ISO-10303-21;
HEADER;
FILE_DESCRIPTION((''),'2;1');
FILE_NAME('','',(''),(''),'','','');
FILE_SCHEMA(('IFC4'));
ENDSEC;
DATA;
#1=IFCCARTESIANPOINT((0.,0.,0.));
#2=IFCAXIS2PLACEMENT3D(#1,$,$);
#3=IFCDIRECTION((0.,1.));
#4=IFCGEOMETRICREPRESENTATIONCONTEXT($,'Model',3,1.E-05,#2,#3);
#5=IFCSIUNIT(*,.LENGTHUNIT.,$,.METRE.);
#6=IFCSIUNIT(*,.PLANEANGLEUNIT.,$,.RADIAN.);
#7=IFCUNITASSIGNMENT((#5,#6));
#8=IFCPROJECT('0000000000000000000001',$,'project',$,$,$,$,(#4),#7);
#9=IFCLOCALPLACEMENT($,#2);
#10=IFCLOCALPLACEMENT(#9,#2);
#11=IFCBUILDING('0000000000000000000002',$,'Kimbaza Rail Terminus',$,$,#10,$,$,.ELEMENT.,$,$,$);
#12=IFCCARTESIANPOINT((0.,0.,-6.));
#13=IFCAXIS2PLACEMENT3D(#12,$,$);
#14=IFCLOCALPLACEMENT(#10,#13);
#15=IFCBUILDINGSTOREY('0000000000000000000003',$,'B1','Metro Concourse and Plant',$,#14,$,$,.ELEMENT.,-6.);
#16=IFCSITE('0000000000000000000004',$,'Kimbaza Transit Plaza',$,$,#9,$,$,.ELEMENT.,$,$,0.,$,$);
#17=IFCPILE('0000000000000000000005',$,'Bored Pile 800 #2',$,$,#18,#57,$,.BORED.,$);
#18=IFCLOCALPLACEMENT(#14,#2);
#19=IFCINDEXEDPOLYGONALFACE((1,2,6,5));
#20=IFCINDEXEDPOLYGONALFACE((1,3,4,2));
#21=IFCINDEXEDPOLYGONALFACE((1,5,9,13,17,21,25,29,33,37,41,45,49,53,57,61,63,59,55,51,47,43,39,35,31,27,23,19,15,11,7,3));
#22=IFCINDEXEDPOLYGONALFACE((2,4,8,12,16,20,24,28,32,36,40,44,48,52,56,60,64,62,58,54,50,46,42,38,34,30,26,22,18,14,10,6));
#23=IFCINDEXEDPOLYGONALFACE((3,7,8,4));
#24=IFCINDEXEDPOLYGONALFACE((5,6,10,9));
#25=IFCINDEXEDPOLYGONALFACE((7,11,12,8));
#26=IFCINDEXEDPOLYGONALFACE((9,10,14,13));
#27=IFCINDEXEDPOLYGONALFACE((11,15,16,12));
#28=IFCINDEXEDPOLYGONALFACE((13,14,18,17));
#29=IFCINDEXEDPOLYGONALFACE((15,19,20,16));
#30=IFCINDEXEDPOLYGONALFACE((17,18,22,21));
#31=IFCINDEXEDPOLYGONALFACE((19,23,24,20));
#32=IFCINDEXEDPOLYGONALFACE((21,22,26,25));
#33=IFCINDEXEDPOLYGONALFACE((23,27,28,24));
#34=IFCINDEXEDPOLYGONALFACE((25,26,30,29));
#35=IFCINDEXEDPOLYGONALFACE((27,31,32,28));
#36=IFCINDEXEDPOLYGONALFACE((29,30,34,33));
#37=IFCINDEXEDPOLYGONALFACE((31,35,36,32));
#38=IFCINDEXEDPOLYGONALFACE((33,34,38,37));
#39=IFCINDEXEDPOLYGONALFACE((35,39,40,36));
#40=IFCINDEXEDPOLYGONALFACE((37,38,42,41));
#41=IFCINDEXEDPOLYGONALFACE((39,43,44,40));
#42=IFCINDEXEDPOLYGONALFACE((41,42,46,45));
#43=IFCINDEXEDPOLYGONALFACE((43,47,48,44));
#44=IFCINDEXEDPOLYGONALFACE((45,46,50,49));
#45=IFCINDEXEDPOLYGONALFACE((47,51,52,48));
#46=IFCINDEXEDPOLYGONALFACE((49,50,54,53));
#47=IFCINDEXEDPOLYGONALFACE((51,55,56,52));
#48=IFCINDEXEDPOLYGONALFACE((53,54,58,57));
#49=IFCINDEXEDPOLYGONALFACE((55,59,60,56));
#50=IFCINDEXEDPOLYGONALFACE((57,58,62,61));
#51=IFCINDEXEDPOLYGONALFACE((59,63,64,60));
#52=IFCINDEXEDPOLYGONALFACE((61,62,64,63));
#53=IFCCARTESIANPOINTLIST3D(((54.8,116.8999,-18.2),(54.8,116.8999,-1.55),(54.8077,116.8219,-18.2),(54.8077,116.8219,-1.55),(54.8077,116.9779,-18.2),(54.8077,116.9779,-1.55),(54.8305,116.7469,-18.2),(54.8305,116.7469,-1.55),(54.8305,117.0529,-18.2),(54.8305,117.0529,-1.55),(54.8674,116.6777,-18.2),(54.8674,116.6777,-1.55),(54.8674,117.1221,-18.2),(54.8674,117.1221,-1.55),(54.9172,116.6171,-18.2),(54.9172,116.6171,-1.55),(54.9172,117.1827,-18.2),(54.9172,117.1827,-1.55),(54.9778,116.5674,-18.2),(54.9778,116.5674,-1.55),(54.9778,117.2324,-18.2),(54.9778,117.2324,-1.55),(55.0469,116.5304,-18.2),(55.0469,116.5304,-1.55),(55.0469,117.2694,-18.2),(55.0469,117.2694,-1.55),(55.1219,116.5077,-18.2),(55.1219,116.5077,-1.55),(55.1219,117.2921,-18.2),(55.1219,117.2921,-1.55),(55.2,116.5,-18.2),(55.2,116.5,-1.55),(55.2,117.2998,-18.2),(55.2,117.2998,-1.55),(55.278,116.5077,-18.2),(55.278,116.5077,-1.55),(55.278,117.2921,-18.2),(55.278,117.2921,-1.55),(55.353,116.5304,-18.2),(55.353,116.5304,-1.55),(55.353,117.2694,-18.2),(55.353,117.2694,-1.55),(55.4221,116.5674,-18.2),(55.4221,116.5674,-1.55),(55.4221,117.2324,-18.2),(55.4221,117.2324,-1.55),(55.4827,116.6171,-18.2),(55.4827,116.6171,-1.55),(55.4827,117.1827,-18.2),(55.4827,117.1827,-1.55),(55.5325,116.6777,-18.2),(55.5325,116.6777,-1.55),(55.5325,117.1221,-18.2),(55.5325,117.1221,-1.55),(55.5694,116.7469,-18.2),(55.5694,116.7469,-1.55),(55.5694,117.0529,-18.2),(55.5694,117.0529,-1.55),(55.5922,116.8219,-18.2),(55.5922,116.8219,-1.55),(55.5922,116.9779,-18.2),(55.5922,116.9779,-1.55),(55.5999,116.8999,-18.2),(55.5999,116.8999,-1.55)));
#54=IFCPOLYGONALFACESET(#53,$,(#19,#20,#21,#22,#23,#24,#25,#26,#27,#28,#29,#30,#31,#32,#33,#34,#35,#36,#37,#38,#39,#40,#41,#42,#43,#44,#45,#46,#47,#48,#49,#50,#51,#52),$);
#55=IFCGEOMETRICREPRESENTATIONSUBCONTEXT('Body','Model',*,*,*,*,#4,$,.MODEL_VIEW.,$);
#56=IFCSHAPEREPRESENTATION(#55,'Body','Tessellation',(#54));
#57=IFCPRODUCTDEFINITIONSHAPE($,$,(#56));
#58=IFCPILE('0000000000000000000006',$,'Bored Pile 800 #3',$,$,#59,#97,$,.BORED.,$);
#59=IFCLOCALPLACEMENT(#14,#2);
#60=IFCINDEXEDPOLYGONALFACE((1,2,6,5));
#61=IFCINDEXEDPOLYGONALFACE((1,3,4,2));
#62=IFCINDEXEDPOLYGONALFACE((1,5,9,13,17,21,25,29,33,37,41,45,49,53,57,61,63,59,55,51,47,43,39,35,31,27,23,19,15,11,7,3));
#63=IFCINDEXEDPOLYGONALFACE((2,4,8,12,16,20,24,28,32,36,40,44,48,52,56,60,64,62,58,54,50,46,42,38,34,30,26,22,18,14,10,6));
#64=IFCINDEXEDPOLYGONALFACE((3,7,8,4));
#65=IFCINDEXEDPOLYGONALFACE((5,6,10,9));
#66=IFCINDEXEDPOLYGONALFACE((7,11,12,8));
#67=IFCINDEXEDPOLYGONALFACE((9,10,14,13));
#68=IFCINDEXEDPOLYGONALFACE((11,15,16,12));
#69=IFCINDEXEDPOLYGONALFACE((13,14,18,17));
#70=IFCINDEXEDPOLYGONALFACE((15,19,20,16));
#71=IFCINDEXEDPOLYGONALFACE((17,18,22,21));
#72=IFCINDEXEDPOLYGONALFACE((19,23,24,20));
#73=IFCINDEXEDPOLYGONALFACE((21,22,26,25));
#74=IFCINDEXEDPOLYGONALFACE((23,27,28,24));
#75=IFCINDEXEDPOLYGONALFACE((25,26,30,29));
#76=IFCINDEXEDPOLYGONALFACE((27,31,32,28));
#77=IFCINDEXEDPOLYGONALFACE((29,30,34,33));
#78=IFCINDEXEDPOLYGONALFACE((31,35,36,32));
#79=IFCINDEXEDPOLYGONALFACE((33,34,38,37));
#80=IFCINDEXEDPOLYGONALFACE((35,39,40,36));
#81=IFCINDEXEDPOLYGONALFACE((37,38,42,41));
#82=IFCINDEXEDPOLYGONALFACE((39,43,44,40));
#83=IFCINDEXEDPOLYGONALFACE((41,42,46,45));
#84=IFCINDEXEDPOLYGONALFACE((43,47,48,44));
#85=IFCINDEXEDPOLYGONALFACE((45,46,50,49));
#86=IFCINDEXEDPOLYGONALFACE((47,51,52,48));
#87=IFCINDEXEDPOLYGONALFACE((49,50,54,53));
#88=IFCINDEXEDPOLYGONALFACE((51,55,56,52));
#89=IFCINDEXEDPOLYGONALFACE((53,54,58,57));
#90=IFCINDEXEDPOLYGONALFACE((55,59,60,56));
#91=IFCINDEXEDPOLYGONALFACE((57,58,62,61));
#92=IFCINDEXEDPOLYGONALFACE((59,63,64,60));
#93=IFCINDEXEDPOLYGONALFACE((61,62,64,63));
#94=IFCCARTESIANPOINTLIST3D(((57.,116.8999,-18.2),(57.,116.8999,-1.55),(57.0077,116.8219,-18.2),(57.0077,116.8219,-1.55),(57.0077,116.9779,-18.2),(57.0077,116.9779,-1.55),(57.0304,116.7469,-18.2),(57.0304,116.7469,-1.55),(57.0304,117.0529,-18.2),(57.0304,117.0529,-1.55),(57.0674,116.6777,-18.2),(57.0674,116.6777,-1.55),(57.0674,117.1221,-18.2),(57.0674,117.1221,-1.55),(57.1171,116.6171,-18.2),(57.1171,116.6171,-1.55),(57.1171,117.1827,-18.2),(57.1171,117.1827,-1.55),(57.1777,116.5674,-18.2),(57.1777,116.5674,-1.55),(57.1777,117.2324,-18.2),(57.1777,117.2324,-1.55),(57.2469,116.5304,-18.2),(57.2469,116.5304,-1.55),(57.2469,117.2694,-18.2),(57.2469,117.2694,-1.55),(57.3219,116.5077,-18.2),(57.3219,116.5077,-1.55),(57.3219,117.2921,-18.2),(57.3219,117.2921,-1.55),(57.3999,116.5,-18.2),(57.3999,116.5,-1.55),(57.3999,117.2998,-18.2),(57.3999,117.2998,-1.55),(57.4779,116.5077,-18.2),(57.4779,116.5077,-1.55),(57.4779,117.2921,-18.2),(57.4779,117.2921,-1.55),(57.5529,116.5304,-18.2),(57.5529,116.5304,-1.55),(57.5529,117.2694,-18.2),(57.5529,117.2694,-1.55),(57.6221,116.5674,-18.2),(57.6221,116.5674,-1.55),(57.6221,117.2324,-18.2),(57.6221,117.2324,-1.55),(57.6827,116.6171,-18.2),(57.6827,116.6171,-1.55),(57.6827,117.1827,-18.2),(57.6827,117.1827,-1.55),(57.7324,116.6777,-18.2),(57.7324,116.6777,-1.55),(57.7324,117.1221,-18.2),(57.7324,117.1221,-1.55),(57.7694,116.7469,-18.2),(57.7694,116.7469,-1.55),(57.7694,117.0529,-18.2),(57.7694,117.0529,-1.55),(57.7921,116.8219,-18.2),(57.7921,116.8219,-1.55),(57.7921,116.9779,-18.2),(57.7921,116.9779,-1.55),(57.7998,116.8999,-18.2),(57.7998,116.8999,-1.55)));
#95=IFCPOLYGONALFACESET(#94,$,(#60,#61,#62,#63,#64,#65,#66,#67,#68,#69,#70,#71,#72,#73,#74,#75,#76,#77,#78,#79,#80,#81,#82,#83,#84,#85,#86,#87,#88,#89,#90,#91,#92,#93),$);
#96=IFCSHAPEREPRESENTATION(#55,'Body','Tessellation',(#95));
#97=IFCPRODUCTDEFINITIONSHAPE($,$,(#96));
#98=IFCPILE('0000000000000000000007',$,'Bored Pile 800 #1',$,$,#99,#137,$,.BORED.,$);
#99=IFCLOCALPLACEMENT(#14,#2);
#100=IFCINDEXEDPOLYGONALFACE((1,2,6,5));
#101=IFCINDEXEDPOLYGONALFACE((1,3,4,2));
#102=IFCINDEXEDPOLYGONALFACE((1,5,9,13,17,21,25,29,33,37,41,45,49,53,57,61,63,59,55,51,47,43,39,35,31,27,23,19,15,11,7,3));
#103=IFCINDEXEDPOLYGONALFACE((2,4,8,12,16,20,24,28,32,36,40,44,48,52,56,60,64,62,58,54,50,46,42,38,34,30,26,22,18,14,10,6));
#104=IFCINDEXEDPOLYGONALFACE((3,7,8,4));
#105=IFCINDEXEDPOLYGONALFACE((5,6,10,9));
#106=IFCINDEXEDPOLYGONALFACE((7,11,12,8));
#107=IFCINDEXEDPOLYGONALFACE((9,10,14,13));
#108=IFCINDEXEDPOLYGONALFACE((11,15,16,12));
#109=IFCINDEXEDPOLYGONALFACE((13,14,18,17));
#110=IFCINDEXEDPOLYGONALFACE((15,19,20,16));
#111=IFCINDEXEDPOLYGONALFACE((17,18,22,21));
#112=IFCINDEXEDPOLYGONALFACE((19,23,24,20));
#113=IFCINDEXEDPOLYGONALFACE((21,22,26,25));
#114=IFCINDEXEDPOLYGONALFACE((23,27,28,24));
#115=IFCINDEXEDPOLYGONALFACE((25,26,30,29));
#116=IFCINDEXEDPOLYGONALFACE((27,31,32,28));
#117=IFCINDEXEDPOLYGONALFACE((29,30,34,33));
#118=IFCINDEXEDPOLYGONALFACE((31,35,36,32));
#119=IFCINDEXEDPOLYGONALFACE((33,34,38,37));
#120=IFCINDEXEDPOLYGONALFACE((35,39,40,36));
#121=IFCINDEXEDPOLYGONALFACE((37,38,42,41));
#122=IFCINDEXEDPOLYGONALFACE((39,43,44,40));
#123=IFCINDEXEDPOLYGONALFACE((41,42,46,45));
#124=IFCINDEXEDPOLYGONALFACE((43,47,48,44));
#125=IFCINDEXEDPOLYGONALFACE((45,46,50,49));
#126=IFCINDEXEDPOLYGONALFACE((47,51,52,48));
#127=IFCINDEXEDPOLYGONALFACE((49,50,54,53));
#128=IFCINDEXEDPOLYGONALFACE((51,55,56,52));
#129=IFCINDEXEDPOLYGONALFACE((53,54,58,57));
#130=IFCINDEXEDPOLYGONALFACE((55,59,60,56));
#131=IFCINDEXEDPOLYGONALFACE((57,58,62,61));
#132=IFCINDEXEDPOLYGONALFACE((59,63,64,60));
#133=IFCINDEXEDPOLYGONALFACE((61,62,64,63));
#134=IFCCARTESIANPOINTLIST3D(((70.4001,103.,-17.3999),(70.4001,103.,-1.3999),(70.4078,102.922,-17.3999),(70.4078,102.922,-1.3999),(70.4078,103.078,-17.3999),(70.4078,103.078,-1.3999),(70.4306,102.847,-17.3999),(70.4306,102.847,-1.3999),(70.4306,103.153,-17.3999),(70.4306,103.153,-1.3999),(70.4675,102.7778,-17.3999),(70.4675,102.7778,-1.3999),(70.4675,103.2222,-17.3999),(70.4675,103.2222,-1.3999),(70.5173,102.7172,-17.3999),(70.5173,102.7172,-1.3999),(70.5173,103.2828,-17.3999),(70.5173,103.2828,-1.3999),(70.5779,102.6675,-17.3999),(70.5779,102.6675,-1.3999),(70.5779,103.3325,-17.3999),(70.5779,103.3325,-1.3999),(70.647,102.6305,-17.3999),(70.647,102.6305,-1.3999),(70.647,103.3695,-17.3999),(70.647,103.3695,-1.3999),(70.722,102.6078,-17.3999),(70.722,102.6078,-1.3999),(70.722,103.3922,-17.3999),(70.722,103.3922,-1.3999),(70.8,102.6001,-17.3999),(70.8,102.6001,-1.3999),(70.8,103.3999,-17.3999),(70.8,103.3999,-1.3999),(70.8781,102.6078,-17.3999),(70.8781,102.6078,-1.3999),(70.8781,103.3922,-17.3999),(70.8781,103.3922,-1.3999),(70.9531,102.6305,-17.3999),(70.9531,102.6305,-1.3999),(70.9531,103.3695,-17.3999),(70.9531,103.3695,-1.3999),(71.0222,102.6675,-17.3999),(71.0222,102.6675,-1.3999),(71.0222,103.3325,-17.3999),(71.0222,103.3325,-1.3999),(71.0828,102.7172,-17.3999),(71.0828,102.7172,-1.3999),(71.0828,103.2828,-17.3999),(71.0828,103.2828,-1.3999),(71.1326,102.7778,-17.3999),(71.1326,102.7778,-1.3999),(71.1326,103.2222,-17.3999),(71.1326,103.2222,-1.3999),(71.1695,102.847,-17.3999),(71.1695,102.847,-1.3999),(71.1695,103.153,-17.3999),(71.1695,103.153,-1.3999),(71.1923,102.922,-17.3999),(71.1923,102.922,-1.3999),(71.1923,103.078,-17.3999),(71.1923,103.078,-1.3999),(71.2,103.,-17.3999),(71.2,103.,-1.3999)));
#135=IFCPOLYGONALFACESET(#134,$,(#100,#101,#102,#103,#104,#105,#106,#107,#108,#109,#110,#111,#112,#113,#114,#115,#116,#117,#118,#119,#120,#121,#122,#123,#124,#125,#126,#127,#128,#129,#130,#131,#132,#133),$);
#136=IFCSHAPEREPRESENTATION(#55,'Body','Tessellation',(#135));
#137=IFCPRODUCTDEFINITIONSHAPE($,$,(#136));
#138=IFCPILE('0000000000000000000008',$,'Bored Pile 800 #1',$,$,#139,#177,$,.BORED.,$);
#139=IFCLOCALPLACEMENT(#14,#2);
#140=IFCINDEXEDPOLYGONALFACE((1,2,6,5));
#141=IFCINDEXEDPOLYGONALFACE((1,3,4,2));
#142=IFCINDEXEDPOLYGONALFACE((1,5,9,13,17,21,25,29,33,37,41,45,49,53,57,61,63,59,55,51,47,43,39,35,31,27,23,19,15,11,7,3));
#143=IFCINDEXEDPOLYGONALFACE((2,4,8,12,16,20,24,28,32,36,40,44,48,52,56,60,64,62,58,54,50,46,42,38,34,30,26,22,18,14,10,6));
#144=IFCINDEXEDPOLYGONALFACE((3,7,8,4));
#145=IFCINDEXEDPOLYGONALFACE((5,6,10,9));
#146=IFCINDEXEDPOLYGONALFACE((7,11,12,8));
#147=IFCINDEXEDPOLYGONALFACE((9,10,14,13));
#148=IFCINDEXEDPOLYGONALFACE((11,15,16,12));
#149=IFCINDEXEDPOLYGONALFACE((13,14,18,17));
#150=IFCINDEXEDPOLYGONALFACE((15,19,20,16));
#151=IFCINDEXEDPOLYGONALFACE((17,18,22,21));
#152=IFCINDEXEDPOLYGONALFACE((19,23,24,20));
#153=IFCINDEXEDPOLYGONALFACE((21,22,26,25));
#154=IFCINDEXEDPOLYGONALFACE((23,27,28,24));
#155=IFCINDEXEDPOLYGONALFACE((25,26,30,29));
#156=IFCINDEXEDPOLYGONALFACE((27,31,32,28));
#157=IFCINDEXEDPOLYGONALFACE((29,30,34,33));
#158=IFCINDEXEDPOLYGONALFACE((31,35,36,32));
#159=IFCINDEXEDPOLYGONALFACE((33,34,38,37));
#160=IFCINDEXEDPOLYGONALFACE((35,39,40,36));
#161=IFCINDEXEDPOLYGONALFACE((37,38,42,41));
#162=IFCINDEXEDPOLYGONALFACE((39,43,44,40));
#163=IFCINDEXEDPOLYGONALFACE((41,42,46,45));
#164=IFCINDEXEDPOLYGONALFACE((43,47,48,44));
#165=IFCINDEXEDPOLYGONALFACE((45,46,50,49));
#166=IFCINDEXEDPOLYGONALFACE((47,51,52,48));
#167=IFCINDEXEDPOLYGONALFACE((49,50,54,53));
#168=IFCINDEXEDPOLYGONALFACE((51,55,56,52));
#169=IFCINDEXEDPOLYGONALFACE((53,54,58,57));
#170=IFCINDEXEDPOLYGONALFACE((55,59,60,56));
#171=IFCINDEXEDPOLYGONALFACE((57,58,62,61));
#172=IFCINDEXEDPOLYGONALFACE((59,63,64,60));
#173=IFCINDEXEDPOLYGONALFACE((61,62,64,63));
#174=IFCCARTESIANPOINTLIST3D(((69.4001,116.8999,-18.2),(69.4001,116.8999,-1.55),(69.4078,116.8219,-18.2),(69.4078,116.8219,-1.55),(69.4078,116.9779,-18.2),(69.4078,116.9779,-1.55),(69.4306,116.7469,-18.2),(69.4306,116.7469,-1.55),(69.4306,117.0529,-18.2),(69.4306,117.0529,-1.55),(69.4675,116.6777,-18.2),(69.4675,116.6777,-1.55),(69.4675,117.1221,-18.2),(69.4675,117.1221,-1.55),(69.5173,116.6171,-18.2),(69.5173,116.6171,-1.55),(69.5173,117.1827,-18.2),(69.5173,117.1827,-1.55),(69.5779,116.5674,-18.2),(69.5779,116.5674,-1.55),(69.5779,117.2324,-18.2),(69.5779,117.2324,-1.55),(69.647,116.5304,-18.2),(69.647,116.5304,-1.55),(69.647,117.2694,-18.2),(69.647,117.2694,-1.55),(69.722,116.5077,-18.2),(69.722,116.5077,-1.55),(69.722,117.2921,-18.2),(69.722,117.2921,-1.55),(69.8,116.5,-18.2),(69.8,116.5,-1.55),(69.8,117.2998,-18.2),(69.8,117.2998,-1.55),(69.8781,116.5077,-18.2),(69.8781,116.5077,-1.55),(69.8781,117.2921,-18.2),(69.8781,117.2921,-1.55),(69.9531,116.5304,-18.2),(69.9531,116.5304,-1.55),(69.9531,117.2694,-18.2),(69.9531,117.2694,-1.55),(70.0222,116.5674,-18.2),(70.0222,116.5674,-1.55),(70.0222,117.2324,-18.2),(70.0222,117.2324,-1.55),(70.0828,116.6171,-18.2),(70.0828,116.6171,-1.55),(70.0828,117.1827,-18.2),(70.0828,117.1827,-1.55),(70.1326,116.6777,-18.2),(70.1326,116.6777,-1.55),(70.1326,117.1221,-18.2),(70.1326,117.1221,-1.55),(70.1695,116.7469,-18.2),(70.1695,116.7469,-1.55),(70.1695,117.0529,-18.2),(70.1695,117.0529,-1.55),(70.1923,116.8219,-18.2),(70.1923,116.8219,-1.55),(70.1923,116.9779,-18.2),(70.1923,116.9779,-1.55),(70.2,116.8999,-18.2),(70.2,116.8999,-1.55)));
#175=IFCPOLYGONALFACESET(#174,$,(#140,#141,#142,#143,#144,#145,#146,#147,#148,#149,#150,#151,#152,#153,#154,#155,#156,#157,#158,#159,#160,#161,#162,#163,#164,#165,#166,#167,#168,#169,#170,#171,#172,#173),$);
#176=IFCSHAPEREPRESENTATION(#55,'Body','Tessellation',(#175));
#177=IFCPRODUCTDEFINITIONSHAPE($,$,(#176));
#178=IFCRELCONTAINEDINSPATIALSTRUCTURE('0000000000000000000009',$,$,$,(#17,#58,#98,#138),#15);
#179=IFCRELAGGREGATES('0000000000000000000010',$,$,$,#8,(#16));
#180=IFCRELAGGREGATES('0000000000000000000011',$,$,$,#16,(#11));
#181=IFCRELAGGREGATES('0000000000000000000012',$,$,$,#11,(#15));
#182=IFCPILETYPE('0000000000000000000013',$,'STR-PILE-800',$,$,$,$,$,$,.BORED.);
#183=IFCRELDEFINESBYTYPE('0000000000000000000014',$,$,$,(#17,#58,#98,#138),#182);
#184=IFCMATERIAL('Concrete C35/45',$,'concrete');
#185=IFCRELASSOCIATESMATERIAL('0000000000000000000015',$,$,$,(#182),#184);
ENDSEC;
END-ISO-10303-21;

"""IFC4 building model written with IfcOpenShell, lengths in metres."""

from ifc_helpers import new_model, si_unit, direction, frame, origin, origin_2d, place, context, subcontext, project, spatial, circle, extrude, material, material_profile, profile_set, type_object, element, save


model = new_model("IFC4")

# Units and contexts
model_context = context("Model", 3, precision=1e-05, world=origin(), true_north=direction((0.0, 1.0)))
body_context = subcontext(model_context, "Body", "Model", "MODEL_VIEW")
ifc_project = project(units=[si_unit("LENGTHUNIT", "METRE"), si_unit("PLANEANGLEUNIT", "RADIAN")], contexts=[model_context])

# Site, building, storey
site_placement = place(None, origin())
site = spatial("IfcSite", under=ifc_project, at=site_placement, Name="Kimbaza Transit Plaza", CompositionType="ELEMENT", RefElevation=0.0)
building_placement = place(site_placement, origin())
building = spatial("IfcBuilding", under=site, at=building_placement, Name="Kimbaza Rail Terminus", CompositionType="ELEMENT")
storey_placement = place(building_placement, frame((0.0, 0.0, -6.0)))
storey = spatial("IfcBuildingStorey", under=building, at=storey_placement, Name="B1", Description="Metro Concourse and Plant", CompositionType="ELEMENT", Elevation=-6.0)

# Piles
ifc_material_1 = material(Name="Concrete C35/45", Category="concrete")
ifc_material_profile_1 = material_profile(ifc_material_1, circle(Radius=0.3999, at=origin_2d()), Name="BORED PILE 800")
ifc_profile_set_1 = profile_set([ifc_material_profile_1], Name="Concrete C35/45")
pile_type = type_object("IfcPileType", Name="STR-PILE-800", PredefinedType="BORED", material=ifc_profile_set_1)
for number, where, z_axis, x_axis, name in (
    (1, (55.2, 116.8999, -1.55), (0.0, 0.0, -1.0), (1.0, 0.0, 0.0), "Bored Pile 800 #2"),
    (2, (57.3999, 116.8999, -1.55), (0.0, 0.0, -1.0), (1.0, 0.0, 0.0), "Bored Pile 800 #3"),
):
    element("IfcPile", number, at=place(storey_placement, frame(where, z_axis=z_axis, x_axis=x_axis)), inside=storey, type_object=pile_type, Name=name, PredefinedType="BORED", context=body_context, shape_type="SweptSolid", body=[
        extrude(circle(Radius=0.3999, at=origin_2d()), origin(), (0.0, 0.0, 1.0), 16.6499),
    ])
pile_1_placement = place(storey_placement, frame((70.8, 103.0, -1.3999), z_axis=(0.0, 0.0, -1.0), x_axis=(1.0, 0.0, 0.0)))
element("IfcPile", 3, at=pile_1_placement, inside=storey, type_object=pile_type, Name="Bored Pile 800 #1", PredefinedType="BORED", context=body_context, shape_type="SweptSolid", body=[
    extrude(circle(Radius=0.3999, at=origin_2d()), origin(), (0.0, 0.0, 1.0), 16.0),
])
pile_2_placement = place(storey_placement, frame((69.8, 116.8999, -1.55), z_axis=(0.0, 0.0, -1.0), x_axis=(1.0, 0.0, 0.0)))
element("IfcPile", 4, at=pile_2_placement, inside=storey, type_object=pile_type, Name="Bored Pile 800 #1", PredefinedType="BORED", context=body_context, shape_type="SweptSolid", body=[
    extrude(circle(Radius=0.3999, at=origin_2d()), origin(), (0.0, 0.0, 1.0), 16.6499),
])

save(model, "model.ifc")
